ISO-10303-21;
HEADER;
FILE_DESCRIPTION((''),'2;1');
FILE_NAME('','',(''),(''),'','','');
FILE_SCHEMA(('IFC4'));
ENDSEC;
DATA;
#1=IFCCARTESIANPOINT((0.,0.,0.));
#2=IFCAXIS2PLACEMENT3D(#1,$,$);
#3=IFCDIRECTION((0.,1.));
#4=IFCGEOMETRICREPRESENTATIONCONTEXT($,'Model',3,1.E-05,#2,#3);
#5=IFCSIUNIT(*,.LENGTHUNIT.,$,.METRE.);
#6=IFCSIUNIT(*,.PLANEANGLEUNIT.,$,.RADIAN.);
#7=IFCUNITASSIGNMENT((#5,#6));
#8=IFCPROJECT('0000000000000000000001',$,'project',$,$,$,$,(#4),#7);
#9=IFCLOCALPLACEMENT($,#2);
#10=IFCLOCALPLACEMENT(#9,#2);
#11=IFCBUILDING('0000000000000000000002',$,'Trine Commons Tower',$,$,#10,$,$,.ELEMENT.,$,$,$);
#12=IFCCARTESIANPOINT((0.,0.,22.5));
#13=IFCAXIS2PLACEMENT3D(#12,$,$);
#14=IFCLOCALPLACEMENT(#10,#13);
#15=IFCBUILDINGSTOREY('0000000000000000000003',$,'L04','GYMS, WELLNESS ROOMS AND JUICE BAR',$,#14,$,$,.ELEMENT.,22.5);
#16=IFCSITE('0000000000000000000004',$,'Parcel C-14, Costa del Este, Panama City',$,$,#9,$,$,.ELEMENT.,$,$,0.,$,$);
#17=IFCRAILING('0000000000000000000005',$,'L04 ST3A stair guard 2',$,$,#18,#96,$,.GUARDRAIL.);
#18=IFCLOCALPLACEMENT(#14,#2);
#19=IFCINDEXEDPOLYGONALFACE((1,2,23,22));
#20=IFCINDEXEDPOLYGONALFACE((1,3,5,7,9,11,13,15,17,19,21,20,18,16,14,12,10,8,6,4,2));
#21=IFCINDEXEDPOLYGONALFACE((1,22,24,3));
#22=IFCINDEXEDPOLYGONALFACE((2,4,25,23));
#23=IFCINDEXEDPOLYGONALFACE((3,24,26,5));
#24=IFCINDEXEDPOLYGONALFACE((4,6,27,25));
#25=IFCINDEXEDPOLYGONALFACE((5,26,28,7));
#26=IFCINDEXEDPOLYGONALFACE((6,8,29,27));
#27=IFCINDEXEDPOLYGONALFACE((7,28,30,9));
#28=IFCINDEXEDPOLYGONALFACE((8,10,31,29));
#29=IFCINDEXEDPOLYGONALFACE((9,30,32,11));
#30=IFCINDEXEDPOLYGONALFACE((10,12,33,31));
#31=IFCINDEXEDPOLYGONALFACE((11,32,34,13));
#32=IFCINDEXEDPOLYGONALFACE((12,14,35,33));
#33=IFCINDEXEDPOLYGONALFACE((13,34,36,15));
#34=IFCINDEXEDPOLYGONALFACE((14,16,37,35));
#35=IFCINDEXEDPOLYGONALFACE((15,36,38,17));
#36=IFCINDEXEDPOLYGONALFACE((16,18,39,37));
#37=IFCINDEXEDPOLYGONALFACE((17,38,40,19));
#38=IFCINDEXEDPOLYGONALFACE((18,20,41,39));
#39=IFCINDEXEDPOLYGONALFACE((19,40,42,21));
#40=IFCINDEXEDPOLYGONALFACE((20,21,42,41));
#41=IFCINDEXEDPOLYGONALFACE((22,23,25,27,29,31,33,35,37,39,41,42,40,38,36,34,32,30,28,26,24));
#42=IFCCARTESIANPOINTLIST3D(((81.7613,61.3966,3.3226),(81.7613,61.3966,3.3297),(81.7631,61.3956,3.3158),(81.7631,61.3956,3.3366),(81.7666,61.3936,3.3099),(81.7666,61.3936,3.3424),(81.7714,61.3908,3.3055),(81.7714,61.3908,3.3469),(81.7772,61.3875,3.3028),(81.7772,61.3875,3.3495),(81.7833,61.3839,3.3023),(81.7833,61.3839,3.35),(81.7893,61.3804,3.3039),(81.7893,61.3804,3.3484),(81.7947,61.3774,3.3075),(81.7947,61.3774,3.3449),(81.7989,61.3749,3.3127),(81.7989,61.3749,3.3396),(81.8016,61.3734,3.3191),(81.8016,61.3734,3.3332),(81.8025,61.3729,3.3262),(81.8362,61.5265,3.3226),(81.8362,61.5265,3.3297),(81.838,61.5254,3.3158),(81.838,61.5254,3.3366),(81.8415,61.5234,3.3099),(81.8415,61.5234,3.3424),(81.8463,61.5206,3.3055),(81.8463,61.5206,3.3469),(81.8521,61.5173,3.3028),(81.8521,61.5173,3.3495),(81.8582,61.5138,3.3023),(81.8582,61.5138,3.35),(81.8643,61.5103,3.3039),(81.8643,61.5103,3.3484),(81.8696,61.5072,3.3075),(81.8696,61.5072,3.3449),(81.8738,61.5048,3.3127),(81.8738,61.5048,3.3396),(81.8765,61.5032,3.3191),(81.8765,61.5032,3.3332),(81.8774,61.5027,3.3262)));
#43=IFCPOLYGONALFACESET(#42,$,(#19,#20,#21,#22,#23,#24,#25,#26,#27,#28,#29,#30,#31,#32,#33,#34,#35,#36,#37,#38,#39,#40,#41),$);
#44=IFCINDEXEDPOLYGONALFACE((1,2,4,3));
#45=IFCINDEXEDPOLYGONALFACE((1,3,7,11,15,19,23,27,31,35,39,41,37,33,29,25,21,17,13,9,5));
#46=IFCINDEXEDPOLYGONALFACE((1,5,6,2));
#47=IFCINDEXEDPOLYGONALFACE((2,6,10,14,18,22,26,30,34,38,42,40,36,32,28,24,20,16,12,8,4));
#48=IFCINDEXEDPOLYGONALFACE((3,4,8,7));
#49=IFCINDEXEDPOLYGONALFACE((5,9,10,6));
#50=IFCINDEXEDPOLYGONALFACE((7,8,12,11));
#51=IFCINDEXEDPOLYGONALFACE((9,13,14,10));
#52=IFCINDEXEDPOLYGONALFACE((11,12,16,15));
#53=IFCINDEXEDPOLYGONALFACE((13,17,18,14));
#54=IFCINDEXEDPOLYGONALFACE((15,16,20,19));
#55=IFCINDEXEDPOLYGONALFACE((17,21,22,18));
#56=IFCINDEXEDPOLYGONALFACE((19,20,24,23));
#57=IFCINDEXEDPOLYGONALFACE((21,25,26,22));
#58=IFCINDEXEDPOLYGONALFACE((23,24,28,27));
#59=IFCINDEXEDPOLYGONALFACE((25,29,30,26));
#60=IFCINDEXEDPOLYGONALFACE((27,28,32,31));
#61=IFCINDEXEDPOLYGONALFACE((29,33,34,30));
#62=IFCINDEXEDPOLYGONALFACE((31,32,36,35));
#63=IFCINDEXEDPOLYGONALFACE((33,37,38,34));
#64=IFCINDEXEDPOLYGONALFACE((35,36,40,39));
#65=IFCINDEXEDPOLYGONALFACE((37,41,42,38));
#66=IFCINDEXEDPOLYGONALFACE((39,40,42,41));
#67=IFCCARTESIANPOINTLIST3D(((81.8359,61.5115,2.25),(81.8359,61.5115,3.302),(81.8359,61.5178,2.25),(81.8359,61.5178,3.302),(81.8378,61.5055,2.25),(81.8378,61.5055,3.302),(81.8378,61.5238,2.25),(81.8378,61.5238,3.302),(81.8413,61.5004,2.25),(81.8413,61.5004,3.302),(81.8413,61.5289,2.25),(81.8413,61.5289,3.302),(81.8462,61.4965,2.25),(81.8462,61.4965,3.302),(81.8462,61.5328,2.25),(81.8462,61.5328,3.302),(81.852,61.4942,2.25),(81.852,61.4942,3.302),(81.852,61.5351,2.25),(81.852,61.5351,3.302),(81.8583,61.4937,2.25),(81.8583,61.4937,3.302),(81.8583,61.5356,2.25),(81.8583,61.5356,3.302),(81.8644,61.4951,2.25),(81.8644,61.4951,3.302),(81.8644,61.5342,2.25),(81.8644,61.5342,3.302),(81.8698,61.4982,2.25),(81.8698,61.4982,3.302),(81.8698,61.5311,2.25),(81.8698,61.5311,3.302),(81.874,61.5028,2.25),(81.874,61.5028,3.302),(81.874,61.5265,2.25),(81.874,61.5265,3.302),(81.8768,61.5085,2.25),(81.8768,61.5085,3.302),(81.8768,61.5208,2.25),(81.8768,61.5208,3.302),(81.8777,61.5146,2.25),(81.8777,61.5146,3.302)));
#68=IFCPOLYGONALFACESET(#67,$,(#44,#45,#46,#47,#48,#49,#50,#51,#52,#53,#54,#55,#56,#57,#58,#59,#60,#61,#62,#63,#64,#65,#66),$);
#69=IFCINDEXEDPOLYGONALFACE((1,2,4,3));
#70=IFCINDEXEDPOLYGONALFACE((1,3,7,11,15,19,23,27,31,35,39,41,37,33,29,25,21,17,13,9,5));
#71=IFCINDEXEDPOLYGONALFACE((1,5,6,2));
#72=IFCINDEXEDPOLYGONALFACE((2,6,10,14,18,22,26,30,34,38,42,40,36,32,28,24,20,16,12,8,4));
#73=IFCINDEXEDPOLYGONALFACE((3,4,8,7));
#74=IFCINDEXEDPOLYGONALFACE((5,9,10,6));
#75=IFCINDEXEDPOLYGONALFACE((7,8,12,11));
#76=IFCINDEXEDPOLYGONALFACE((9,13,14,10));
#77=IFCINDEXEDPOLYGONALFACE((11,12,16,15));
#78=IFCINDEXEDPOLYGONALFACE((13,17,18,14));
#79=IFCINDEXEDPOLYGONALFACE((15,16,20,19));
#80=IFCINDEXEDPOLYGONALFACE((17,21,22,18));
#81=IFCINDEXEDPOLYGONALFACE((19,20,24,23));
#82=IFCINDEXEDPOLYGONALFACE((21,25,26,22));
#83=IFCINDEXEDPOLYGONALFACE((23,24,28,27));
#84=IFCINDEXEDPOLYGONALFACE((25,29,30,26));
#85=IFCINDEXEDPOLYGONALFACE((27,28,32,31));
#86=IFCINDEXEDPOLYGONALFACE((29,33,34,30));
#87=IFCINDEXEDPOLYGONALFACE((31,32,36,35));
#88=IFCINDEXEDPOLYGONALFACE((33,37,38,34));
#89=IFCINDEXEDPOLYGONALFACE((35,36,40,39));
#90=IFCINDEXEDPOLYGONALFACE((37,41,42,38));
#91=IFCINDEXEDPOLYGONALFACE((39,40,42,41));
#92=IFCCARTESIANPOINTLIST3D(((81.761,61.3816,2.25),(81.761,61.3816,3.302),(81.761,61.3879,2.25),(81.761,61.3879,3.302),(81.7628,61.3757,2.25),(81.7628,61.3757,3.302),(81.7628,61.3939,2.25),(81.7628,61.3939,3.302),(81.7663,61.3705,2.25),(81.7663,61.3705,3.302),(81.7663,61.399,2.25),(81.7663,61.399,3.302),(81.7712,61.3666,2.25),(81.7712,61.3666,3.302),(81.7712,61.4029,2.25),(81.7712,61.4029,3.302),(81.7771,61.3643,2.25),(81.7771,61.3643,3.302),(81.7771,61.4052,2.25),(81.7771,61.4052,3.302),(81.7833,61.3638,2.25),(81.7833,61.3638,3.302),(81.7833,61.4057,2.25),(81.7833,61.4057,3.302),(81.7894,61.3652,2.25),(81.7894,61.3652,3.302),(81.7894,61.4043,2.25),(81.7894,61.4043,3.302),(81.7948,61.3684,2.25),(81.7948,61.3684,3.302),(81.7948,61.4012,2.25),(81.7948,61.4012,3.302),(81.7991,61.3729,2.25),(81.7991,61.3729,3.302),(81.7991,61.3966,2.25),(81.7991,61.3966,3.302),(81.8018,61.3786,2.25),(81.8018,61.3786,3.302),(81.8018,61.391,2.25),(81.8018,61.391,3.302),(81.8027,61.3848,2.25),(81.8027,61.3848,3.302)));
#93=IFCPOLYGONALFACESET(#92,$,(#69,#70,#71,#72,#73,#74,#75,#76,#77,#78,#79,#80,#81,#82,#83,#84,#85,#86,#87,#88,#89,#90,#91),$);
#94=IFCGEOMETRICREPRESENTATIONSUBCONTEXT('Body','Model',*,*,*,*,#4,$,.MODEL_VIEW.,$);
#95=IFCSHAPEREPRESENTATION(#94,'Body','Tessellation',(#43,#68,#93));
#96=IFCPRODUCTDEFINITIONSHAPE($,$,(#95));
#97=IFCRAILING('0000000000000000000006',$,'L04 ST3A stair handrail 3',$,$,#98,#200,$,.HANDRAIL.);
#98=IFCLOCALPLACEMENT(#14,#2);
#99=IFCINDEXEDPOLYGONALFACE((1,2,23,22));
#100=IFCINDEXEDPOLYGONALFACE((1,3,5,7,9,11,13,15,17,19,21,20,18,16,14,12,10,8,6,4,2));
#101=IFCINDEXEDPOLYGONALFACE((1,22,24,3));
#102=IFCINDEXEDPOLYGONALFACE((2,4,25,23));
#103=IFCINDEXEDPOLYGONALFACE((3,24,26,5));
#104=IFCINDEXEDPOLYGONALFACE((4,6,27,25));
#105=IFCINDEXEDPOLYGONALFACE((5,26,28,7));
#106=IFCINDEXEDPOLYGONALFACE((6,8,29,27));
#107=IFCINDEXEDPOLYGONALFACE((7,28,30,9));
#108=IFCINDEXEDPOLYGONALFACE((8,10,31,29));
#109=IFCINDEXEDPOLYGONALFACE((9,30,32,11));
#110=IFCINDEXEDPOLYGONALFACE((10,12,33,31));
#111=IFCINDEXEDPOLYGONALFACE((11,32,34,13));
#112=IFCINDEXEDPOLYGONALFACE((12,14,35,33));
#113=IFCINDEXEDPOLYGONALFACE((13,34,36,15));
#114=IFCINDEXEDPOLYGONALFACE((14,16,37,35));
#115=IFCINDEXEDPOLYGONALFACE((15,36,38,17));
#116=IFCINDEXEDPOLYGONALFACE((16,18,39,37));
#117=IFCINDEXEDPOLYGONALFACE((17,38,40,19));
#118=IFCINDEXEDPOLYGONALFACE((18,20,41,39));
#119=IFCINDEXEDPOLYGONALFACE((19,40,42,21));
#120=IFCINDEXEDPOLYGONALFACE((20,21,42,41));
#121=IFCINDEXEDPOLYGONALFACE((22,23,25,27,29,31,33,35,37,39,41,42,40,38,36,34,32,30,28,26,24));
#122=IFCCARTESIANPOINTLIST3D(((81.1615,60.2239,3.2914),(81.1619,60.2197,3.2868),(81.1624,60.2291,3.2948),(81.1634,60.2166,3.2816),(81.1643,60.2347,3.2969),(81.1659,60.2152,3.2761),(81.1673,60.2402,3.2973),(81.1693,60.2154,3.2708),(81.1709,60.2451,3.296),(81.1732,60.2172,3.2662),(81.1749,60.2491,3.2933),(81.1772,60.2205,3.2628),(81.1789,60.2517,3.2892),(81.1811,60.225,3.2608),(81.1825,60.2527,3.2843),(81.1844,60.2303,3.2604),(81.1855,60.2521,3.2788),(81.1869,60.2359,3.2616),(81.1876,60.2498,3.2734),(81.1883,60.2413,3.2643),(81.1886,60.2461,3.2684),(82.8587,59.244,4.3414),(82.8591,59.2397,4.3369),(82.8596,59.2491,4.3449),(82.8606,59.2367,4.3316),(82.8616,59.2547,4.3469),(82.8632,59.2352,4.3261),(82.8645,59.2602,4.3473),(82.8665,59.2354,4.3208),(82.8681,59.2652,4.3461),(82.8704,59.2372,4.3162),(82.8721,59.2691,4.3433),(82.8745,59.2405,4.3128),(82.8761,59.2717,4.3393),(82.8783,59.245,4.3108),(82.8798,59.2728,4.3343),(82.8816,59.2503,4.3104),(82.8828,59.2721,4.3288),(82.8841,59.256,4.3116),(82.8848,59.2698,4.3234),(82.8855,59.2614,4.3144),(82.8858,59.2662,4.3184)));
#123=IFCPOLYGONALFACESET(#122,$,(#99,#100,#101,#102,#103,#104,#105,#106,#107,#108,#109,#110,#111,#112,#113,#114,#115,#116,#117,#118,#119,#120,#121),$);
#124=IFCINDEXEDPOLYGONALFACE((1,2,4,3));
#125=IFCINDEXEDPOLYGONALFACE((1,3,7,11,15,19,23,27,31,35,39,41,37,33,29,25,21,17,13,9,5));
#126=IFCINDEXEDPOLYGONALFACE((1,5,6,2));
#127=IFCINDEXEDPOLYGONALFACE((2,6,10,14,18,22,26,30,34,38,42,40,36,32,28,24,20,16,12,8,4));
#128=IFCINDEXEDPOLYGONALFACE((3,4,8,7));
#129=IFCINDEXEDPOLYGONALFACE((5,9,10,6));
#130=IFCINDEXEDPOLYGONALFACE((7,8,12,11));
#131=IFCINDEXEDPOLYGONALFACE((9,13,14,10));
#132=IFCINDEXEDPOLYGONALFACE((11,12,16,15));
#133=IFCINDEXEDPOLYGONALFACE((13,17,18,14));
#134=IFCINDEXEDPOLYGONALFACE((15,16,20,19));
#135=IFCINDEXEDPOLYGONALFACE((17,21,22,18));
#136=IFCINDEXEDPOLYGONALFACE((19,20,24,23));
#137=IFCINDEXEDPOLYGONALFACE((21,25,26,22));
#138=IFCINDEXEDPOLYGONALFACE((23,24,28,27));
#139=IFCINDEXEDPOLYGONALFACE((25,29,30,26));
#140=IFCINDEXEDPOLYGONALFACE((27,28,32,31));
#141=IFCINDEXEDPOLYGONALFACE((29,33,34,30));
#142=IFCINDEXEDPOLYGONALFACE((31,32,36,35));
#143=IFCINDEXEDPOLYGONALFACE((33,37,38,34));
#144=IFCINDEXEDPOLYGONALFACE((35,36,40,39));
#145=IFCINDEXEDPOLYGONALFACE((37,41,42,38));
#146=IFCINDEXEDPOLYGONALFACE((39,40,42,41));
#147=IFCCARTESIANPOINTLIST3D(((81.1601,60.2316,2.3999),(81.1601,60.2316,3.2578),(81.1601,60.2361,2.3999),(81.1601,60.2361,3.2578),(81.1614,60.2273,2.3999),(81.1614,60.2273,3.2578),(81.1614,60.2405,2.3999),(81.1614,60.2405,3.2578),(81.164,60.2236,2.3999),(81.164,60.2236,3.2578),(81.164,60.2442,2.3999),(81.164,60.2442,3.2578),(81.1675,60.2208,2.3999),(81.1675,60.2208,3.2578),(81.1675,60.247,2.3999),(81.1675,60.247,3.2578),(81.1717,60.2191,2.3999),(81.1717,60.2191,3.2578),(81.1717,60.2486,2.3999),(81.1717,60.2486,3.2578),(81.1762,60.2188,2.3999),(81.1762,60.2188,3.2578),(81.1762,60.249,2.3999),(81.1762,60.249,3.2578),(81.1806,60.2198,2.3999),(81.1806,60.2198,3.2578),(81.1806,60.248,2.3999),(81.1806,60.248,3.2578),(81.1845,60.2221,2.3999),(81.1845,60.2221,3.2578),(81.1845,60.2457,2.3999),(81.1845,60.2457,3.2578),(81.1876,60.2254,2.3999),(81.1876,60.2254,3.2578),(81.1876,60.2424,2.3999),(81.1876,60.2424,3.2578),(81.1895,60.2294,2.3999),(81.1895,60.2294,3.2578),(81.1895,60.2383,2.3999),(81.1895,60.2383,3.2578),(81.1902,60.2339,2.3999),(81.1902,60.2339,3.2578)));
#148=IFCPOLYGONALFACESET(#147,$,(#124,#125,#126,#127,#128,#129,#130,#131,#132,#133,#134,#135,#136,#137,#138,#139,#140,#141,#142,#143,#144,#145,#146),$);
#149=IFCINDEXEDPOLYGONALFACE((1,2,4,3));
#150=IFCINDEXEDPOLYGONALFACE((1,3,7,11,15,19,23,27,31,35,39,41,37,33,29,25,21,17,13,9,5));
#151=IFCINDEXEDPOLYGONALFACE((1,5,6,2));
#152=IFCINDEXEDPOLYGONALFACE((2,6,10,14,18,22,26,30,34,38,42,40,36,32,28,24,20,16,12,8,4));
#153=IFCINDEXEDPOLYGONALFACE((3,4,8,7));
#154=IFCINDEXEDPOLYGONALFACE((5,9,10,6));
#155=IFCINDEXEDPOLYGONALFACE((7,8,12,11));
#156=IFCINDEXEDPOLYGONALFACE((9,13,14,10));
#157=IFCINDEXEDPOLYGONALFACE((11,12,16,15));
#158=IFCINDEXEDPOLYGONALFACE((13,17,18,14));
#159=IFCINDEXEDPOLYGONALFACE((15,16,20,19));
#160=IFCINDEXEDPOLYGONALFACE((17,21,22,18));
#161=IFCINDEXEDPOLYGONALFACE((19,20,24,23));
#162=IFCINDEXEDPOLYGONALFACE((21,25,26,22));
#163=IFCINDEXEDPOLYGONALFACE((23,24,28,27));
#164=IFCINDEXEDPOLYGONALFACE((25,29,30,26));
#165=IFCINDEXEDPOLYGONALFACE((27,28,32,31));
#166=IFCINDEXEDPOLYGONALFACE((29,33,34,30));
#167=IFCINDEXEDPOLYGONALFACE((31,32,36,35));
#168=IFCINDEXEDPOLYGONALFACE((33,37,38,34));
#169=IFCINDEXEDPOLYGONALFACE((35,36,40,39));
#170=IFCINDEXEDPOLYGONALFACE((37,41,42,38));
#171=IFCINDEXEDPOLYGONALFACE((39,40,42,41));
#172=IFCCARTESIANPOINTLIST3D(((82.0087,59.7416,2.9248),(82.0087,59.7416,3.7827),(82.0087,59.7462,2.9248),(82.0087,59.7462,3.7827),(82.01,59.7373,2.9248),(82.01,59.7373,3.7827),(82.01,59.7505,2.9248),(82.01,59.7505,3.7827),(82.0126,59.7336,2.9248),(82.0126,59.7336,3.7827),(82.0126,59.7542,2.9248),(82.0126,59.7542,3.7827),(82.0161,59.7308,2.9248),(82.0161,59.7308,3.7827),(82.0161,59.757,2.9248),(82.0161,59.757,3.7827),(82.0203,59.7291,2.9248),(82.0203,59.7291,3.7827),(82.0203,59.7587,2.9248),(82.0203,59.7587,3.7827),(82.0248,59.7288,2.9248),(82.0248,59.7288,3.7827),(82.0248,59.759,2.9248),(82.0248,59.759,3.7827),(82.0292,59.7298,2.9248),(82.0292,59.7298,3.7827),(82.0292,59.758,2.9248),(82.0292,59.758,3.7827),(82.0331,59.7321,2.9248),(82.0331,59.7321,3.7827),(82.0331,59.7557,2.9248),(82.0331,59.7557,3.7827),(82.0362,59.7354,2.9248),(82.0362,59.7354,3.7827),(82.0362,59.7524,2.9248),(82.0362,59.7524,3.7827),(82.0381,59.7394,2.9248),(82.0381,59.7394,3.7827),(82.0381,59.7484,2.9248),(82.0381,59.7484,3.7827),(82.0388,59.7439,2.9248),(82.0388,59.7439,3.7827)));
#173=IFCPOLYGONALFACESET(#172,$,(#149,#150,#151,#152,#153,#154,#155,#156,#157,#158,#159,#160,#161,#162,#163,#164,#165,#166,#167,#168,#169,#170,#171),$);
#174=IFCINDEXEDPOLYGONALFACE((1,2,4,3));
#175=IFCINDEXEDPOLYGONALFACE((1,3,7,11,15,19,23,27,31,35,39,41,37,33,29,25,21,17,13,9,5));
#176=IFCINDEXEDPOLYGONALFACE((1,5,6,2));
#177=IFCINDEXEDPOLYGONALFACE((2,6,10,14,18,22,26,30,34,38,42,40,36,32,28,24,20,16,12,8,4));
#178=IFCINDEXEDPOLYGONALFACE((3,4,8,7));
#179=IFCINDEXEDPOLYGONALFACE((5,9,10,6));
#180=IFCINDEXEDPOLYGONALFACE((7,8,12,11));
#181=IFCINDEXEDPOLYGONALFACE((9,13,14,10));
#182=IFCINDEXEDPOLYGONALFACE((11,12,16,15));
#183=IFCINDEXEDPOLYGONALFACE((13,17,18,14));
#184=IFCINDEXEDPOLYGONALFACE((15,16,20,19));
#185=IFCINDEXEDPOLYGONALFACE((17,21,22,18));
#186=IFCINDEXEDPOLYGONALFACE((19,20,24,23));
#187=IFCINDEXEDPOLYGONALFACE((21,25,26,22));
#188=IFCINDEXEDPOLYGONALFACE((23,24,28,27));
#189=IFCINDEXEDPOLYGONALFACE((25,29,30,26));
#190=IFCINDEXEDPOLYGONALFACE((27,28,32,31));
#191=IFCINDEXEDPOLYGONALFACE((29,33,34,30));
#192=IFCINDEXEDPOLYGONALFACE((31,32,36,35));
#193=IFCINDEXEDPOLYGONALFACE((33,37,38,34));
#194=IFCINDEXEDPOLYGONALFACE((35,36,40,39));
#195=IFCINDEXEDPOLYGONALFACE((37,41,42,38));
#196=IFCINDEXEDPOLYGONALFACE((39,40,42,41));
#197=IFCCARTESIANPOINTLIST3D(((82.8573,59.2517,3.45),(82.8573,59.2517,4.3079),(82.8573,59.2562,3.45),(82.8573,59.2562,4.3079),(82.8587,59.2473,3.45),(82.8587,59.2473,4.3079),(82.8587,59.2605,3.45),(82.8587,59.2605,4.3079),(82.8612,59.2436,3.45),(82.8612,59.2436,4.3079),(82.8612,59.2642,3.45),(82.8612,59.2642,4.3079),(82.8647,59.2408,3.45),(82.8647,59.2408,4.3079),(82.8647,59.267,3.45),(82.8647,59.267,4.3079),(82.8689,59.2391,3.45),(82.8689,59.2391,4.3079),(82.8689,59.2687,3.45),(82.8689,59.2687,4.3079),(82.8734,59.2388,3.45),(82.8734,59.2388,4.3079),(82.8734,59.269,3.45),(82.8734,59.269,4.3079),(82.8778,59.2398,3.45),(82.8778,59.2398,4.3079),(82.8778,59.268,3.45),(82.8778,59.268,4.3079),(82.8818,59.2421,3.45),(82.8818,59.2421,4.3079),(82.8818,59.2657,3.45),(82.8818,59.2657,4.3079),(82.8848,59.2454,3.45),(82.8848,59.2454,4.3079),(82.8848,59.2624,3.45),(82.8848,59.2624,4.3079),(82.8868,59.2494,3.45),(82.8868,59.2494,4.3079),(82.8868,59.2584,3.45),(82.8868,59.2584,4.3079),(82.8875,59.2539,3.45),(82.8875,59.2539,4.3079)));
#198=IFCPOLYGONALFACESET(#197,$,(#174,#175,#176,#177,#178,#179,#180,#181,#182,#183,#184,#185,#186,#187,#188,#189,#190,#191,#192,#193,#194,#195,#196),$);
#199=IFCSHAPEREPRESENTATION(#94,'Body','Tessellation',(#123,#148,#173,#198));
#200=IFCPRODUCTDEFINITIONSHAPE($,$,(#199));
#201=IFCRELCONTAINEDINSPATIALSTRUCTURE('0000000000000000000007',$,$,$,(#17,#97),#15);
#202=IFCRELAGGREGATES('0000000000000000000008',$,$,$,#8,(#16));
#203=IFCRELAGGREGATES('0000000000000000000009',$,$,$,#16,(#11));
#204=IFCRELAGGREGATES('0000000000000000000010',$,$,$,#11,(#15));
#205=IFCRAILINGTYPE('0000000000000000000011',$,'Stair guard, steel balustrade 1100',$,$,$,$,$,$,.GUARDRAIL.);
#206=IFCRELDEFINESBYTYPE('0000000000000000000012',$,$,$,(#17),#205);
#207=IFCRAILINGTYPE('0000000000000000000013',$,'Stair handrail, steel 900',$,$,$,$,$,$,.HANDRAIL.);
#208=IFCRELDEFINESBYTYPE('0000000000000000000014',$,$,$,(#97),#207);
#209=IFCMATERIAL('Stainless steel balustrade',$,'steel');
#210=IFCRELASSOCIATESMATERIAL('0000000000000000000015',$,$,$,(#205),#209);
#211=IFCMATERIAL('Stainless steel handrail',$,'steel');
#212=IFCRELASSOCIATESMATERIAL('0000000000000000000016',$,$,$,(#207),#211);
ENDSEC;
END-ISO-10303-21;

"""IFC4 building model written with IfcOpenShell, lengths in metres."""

from ifc_helpers import new_model, si_unit, direction, frame, origin, origin_2d, place, context, subcontext, project, spatial, circle, extrude, material, type_object, element, save


model = new_model("IFC4")

# Units and contexts
model_context = context("Model", 3, precision=1e-05, world=origin(), true_north=direction((0.0, 1.0)))
body_context = subcontext(model_context, "Body", "Model", "MODEL_VIEW")
ifc_project = project(units=[si_unit("LENGTHUNIT", "METRE"), si_unit("PLANEANGLEUNIT", "RADIAN")], contexts=[model_context])

# Site, building, storey
site_placement = place(None, origin())
site = spatial("IfcSite", under=ifc_project, at=site_placement, Name="Parcel C-14, Costa del Este, Panama City", CompositionType="ELEMENT", RefElevation=0.0)
building_placement = place(site_placement, origin())
building = spatial("IfcBuilding", under=site, at=building_placement, Name="Trine Commons Tower", CompositionType="ELEMENT")
storey_placement = place(building_placement, frame((0.0, 0.0, 22.5)))
storey = spatial("IfcBuildingStorey", under=building, at=storey_placement, Name="L04", Description="GYMS, WELLNESS ROOMS AND JUICE BAR", CompositionType="ELEMENT", Elevation=22.5)

# Railings
ifc_material_1 = material(Name="Stainless steel balustrade", Category="steel")
railing_type_1 = type_object("IfcRailingType", Name="Stair guard, steel balustrade 1100", PredefinedType="GUARDRAIL", material=ifc_material_1)
railing_1_placement = place(storey_placement, frame((81.8567, 61.5146, 2.25)))
element("IfcRailing", 1, at=railing_1_placement, inside=storey, type_object=railing_type_1, Name="L04 ST3A stair guard 2", PredefinedType="GUARDRAIL", context=body_context, shape_type="SweptSolid", body=[
    extrude(circle(Radius=0.0239, at=origin_2d()), frame((0.0, 0.0, 1.0762), z_axis=(-0.499816, -0.866131, 0.0), x_axis=(0.866131, -0.499816, 0.0)), (0.0, 0.0, 1.0), 0.1499),
    extrude(circle(Radius=0.021, at=origin_2d()), origin(), (0.0, 0.0, 1.0), 1.052),
    extrude(circle(Radius=0.021, at=origin_2d()), frame((-0.075, -0.1299, 0.0)), (0.0, 0.0, 1.0), 1.052),
])
ifc_material_2 = material(Name="Stainless steel handrail", Category="steel")
railing_type_2 = type_object("IfcRailingType", Name="Stair handrail, steel 900", PredefinedType="HANDRAIL", material=ifc_material_2)
railing_2_placement = place(storey_placement, frame((81.175, 60.2339, 2.3999)))
element("IfcRailing", 2, at=railing_2_placement, inside=storey, type_object=railing_type_2, Name="L04 ST3A stair handrail 3", PredefinedType="HANDRAIL", context=body_context, shape_type="SweptSolid", body=[
    extrude(circle(Radius=0.021, at=origin_2d()), frame((0.0, 0.0, 0.8789), z_axis=(0.763352, -0.44075, 0.472264), x_axis=(0.500024, 0.866011, 0.0)), (0.0, 0.0, 1.0), 2.2234),
    extrude(circle(Radius=0.0151, at=origin_2d()), origin(), (0.0, 0.0, 1.0), 0.8579),
    extrude(circle(Radius=0.0151, at=origin_2d()), frame((0.8486, -0.49, 0.5249)), (0.0, 0.0, 1.0), 0.8579),
    extrude(circle(Radius=0.0151, at=origin_2d()), frame((1.6973, -0.98, 1.05)), (0.0, 0.0, 1.0), 0.8579),
])

save(model, "model.ifc")
